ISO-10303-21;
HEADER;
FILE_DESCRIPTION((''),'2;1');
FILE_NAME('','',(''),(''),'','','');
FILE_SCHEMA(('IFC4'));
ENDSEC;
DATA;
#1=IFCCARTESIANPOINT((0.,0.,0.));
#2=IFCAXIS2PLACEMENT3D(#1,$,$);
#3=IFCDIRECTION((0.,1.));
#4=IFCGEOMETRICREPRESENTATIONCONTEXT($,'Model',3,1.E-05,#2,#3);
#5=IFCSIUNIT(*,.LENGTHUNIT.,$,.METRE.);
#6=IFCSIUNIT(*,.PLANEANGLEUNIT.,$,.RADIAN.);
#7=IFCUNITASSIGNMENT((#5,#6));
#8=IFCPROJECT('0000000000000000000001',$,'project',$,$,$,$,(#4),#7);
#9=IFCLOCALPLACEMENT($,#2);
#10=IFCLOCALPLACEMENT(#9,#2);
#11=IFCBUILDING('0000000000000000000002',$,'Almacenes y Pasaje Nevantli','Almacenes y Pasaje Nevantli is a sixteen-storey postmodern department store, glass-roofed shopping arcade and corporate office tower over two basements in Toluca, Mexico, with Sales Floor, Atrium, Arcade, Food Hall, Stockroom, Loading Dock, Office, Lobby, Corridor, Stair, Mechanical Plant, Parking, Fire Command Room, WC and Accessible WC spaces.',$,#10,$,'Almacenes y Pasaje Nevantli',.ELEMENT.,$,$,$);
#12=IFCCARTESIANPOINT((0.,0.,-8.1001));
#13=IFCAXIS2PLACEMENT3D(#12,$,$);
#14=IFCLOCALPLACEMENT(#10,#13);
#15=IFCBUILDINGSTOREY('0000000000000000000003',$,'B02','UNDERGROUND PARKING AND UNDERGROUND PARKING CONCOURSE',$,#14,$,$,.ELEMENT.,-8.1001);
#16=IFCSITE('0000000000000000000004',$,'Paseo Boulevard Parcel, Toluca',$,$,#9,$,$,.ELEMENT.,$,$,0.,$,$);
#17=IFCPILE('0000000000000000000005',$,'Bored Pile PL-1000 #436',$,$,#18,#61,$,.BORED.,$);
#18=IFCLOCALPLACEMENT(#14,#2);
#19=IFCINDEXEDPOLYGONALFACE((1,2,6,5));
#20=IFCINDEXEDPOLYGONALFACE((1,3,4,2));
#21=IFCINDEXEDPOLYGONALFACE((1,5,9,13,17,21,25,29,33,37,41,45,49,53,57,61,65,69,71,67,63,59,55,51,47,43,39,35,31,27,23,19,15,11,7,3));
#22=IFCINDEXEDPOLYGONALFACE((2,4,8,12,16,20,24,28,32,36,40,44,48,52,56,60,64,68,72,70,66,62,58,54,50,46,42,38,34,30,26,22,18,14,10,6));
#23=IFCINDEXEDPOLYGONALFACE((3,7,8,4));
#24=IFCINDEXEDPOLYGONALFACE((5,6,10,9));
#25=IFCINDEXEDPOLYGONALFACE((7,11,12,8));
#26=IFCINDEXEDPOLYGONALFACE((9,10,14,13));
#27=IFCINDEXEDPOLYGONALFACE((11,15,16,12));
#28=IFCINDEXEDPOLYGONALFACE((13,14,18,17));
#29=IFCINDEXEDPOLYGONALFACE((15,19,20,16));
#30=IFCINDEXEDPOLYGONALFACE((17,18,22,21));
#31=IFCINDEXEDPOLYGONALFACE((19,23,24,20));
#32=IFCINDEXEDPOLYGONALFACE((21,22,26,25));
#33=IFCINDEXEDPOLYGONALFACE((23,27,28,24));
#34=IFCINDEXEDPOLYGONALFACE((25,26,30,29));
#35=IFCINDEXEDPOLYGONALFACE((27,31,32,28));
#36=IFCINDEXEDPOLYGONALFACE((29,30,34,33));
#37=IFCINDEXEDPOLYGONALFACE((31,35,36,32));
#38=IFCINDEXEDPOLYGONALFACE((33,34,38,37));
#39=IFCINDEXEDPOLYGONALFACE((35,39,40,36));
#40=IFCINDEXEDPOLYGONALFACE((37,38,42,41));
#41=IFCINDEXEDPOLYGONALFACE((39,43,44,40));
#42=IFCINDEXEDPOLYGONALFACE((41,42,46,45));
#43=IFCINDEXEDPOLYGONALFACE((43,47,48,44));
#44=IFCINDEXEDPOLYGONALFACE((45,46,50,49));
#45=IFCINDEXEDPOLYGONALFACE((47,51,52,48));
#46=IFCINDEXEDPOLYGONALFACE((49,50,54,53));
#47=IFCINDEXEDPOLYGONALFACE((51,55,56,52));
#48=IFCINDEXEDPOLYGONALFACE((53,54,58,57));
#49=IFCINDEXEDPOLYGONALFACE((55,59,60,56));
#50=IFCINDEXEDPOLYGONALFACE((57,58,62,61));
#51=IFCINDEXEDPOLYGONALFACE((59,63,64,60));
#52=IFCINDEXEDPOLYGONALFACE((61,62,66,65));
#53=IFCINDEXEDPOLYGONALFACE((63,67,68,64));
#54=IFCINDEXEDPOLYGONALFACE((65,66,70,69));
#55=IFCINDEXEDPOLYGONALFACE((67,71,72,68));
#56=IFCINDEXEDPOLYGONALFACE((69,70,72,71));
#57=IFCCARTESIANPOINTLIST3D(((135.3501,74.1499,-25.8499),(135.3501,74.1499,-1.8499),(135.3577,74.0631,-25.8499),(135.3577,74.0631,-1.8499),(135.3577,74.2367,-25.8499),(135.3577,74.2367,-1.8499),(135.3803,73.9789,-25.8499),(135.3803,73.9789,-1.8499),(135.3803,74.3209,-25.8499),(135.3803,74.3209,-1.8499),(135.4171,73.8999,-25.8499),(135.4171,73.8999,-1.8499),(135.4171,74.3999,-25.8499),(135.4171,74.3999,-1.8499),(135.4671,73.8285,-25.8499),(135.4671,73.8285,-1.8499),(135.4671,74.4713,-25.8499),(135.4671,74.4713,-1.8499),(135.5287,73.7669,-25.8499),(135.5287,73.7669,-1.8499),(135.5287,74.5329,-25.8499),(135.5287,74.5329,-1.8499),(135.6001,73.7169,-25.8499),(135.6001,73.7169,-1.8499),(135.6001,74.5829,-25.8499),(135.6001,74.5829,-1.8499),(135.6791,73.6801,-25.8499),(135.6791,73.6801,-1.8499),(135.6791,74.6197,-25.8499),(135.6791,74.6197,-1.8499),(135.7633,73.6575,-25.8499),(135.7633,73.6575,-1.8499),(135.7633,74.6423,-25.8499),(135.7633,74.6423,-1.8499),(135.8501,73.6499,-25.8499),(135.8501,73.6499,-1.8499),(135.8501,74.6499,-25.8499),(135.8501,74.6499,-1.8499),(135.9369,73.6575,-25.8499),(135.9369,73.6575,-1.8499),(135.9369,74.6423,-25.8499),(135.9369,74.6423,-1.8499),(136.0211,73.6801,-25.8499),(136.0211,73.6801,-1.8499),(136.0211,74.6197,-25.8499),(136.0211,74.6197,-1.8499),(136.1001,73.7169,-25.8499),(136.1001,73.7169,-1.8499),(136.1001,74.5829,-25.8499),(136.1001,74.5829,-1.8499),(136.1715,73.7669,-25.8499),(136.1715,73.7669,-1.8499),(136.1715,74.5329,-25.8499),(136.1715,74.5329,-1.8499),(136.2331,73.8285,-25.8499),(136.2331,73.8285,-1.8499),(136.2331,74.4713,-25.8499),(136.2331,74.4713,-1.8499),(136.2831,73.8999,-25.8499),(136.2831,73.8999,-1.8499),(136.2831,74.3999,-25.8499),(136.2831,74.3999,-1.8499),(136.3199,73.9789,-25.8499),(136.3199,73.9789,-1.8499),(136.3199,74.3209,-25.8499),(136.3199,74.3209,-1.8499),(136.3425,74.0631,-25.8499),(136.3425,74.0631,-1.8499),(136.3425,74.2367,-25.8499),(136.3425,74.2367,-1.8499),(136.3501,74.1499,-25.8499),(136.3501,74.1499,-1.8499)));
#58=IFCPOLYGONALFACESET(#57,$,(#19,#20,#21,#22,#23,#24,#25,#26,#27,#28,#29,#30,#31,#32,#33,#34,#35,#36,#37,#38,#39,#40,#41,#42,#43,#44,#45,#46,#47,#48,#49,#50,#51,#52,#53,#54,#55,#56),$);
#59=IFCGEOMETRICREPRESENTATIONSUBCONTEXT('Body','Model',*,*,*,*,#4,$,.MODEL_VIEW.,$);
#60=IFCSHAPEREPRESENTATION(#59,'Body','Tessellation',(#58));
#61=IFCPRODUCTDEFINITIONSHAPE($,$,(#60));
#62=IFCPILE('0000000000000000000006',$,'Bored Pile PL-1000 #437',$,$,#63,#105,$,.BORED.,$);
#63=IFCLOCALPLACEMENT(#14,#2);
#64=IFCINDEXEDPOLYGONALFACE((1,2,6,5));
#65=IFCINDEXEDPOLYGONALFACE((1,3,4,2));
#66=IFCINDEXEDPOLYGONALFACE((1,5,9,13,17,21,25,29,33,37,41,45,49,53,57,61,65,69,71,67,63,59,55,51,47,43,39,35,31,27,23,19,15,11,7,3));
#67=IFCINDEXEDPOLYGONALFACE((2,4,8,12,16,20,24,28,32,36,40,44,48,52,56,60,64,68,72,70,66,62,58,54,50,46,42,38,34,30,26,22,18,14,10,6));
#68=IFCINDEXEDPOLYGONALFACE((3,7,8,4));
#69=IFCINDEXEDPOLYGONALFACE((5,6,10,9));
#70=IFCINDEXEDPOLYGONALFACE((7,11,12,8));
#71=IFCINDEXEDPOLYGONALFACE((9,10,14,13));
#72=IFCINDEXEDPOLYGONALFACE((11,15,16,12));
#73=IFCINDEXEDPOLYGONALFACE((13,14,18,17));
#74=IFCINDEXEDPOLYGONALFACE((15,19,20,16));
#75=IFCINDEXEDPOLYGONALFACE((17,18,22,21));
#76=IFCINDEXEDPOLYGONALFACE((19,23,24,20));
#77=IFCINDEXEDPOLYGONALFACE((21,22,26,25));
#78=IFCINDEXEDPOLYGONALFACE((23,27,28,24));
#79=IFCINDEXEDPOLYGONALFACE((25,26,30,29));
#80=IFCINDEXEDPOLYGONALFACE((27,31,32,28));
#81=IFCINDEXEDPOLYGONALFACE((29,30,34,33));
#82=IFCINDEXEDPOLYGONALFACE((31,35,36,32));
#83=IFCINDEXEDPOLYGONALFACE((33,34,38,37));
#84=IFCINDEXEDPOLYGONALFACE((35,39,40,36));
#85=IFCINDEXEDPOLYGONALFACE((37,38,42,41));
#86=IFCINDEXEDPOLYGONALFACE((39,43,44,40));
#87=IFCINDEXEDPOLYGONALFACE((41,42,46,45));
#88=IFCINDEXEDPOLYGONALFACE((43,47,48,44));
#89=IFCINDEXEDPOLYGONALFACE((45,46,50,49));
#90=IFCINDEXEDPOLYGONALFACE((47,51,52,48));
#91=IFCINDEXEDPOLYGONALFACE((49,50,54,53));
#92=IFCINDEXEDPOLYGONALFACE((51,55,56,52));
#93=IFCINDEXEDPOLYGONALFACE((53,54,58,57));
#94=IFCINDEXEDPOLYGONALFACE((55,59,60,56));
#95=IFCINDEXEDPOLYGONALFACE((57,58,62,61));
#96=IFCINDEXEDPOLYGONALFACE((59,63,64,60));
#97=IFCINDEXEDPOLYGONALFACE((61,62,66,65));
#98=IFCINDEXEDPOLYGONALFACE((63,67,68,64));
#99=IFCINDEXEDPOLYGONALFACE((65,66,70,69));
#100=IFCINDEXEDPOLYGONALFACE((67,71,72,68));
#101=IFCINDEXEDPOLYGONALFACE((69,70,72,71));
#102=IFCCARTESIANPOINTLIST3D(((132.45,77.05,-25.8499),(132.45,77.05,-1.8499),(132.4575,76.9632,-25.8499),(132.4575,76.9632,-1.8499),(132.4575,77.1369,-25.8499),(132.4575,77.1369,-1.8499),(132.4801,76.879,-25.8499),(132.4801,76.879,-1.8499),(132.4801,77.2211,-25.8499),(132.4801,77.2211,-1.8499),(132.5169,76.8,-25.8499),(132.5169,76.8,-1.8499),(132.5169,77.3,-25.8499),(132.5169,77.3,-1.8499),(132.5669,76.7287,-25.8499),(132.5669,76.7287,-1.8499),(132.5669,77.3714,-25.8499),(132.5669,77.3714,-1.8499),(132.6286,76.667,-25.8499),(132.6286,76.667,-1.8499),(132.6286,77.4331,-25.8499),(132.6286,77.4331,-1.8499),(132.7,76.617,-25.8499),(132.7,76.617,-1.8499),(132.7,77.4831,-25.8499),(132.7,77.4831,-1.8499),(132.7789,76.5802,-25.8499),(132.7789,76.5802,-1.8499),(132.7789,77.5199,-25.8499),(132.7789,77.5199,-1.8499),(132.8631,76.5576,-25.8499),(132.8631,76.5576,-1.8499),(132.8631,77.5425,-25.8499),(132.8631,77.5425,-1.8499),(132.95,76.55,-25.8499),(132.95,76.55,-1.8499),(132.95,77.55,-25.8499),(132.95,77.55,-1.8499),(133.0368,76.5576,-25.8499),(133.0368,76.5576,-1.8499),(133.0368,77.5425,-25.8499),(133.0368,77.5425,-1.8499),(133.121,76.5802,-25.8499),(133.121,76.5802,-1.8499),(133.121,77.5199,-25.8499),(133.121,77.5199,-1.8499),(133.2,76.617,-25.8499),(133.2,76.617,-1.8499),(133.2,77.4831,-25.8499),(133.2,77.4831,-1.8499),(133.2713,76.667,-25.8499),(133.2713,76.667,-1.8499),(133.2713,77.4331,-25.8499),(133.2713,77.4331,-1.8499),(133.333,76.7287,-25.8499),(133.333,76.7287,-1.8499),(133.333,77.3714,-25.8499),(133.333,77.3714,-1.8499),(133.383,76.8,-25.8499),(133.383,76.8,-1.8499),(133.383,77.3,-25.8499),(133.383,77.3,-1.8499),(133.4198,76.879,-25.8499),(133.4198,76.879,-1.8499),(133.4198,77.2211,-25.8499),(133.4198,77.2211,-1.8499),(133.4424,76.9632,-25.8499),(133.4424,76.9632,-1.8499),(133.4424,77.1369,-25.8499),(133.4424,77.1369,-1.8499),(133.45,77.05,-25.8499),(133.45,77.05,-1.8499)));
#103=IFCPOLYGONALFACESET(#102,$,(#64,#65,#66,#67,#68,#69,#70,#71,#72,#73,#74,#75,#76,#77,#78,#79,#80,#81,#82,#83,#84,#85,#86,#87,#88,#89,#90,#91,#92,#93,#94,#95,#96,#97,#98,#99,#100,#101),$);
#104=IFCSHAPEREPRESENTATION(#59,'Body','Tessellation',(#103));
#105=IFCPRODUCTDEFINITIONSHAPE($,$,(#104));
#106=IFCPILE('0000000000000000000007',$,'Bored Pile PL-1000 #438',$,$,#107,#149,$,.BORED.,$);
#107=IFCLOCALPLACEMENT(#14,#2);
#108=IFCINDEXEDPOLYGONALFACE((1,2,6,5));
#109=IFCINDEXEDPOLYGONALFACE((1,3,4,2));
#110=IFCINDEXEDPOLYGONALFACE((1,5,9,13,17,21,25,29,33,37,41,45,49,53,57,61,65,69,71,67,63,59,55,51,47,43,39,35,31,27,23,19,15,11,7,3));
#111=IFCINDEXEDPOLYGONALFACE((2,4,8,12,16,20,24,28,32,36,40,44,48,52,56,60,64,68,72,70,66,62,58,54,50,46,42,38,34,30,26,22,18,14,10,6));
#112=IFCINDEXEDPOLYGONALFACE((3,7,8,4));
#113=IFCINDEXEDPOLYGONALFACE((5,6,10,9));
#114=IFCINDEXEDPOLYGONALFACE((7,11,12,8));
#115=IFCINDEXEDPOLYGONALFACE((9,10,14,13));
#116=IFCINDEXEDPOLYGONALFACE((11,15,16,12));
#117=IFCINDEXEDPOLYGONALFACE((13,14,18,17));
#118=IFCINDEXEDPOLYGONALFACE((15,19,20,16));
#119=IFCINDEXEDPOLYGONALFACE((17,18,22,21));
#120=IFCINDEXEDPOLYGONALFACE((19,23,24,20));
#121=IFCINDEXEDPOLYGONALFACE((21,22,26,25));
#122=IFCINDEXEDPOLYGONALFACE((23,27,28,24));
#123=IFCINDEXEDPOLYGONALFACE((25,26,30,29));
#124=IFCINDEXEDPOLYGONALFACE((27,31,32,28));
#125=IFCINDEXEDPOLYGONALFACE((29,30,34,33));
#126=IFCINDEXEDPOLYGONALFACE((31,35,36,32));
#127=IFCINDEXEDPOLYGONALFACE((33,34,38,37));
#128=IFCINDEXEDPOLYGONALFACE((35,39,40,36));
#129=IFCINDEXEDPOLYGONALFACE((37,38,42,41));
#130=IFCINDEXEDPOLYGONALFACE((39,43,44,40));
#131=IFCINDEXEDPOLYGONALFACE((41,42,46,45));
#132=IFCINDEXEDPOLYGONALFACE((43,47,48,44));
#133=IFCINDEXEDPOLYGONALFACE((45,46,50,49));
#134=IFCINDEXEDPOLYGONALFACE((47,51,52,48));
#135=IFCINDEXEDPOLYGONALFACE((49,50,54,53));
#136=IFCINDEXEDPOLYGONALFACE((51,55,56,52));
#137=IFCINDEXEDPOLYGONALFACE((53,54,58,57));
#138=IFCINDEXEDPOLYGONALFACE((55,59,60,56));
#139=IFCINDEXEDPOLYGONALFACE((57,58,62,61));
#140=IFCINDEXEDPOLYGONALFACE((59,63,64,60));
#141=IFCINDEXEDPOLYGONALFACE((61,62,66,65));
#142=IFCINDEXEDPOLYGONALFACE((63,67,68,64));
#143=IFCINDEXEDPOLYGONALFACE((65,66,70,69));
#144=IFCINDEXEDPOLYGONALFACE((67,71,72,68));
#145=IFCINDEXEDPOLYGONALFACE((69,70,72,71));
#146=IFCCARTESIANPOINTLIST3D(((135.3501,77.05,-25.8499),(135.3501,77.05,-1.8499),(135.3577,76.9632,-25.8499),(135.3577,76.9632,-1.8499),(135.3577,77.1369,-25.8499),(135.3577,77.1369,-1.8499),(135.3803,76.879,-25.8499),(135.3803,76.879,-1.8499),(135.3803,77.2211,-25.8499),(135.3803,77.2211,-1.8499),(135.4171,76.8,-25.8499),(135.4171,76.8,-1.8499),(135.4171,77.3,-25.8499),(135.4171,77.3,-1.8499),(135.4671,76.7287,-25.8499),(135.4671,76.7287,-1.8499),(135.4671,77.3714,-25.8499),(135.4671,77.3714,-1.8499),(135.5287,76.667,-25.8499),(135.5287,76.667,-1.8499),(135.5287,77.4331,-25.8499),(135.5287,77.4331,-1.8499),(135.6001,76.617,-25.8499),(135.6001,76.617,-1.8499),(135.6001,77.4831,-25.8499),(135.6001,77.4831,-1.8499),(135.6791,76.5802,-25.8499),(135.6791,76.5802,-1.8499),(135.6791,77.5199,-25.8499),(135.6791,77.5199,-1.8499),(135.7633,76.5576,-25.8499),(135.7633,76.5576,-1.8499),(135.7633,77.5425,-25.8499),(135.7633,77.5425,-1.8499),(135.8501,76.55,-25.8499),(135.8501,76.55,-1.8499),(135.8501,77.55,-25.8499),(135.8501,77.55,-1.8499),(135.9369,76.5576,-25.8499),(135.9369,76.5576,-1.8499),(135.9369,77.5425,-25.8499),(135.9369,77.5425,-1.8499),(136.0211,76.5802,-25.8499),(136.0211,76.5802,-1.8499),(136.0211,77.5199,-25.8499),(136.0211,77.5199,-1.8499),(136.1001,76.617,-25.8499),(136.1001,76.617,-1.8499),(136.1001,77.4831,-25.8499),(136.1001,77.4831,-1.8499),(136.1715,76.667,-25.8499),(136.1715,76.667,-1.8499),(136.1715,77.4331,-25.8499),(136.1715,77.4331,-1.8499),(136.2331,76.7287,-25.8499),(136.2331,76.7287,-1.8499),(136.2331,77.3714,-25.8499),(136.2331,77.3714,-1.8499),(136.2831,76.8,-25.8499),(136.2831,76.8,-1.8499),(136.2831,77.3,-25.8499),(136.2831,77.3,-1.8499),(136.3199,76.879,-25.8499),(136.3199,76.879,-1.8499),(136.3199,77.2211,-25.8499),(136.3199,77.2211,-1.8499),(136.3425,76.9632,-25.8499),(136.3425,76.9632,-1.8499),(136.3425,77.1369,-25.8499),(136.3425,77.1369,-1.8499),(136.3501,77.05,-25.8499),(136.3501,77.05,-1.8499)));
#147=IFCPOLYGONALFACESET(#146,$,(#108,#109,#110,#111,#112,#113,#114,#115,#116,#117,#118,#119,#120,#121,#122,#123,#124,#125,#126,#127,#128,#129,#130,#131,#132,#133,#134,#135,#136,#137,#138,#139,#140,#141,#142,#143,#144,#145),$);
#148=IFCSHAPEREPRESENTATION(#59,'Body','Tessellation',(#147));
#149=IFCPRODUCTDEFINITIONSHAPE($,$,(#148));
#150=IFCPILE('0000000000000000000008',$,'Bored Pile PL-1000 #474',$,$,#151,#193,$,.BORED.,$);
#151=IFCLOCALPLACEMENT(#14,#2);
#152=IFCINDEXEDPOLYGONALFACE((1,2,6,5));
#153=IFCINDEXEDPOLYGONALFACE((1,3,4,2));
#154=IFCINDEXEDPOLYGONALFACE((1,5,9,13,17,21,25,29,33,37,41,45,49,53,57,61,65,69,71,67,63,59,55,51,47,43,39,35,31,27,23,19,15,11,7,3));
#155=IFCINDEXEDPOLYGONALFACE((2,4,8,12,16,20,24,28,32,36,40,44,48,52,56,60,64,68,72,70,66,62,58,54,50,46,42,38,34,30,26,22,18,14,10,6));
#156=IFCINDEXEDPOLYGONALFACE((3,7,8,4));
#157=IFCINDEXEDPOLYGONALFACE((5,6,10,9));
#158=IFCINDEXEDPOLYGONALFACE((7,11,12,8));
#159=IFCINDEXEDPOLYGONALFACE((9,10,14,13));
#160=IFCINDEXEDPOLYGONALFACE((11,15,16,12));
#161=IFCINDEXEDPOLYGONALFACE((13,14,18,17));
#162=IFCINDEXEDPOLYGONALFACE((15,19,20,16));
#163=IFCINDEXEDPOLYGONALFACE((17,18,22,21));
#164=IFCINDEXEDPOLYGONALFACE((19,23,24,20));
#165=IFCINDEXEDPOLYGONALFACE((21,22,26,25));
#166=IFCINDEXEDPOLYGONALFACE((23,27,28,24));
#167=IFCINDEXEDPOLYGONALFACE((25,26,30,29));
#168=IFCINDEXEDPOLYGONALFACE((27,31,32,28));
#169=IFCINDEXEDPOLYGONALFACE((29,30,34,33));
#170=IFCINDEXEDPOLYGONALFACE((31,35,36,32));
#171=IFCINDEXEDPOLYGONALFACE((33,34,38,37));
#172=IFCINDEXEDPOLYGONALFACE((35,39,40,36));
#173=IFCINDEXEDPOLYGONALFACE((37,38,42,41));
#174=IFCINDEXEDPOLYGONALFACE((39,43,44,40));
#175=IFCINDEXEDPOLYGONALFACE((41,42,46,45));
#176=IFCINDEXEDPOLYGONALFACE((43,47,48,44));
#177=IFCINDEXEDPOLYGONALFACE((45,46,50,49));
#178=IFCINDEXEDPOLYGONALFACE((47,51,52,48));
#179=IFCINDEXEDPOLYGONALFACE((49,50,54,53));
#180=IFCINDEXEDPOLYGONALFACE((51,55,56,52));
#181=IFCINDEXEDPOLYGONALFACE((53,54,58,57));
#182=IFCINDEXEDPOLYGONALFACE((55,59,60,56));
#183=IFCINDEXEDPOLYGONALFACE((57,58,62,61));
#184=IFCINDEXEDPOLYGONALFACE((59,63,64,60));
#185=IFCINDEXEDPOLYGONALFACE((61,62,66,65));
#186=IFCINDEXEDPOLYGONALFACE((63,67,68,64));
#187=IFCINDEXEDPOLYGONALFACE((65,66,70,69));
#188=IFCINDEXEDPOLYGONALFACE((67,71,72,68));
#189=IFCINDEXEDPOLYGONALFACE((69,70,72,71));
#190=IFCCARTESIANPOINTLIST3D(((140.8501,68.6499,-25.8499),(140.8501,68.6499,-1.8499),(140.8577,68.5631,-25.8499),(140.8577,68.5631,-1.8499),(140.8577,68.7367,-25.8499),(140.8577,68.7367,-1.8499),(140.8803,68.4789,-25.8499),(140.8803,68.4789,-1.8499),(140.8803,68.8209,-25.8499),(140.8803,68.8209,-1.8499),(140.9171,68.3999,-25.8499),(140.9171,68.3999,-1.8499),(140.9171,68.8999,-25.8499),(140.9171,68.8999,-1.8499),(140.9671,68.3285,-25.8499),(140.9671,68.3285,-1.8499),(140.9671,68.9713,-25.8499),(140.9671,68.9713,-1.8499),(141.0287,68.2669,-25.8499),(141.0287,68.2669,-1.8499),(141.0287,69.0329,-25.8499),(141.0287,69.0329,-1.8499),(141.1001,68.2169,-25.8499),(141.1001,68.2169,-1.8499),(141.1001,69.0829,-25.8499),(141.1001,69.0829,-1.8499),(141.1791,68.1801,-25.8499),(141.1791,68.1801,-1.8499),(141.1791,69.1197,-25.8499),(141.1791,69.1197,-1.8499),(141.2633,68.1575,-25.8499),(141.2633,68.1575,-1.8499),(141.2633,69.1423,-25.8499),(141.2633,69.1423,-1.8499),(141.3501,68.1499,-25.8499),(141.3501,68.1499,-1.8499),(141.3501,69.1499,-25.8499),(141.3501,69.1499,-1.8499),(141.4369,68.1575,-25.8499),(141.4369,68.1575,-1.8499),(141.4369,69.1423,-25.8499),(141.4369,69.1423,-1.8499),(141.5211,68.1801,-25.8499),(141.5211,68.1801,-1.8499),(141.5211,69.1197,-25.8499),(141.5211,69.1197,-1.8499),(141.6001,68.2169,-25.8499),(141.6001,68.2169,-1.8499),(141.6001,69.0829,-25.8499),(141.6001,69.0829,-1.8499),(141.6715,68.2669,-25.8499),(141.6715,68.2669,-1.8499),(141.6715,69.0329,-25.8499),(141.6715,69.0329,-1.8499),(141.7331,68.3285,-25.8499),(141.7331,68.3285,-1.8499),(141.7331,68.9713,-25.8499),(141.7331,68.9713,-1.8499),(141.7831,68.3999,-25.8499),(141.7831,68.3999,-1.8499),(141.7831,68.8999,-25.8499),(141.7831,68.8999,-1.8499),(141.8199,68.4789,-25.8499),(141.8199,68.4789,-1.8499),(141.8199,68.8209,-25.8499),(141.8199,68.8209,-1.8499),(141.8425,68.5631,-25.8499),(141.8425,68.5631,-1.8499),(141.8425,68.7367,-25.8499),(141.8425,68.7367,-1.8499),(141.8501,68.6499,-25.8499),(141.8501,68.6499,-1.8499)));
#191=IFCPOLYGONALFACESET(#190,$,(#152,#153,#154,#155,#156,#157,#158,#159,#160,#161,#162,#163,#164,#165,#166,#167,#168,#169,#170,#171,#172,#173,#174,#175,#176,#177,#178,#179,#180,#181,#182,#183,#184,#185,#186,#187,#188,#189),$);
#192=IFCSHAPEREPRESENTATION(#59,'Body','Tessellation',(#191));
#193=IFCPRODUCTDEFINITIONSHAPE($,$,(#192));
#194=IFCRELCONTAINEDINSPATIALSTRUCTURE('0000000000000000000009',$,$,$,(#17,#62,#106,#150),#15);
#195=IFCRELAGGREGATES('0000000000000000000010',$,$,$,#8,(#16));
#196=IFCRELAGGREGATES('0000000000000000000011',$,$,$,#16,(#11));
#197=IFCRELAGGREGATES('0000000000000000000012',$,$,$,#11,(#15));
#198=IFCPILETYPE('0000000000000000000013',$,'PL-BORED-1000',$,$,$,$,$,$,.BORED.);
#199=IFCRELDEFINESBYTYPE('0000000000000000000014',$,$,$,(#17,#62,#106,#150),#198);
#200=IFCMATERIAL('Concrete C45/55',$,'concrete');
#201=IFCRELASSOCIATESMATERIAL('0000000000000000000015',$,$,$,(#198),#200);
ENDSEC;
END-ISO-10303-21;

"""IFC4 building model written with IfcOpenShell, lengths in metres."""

from ifc_helpers import new_model, si_unit, direction, frame, origin, origin_2d, place, context, subcontext, project, spatial, circle, extrude, material, material_profile, profile_set, type_object, element, save


model = new_model("IFC4")

# Units and contexts
model_context = context("Model", 3, precision=1e-05, world=origin(), true_north=direction((0.0, 1.0)))
body_context = subcontext(model_context, "Body", "Model", "MODEL_VIEW")
ifc_project = project(units=[si_unit("LENGTHUNIT", "METRE"), si_unit("PLANEANGLEUNIT", "RADIAN")], contexts=[model_context])

# Site, building, storey
site_placement = place(None, origin())
site = spatial("IfcSite", under=ifc_project, at=site_placement, Name="Paseo Boulevard Parcel, Toluca", CompositionType="ELEMENT", RefElevation=0.0)
building_placement = place(site_placement, origin())
building = spatial("IfcBuilding", under=site, at=building_placement, Name="Almacenes y Pasaje Nevantli", Description="Almacenes y Pasaje Nevantli is a sixteen-storey postmodern department store, glass-roofed shopping arcade and corporate office tower over two basements in Toluca, Mexico, with Sales Floor, Atrium, Arcade, Food Hall, Stockroom, Loading Dock, Office, Lobby, Corridor, Stair, Mechanical Plant, Parking, Fire Command Room, WC and Accessible WC spaces.", LongName="Almacenes y Pasaje Nevantli", CompositionType="ELEMENT")
storey_placement = place(building_placement, frame((0.0, 0.0, -8.1001)))
storey = spatial("IfcBuildingStorey", under=building, at=storey_placement, Name="B02", Description="UNDERGROUND PARKING AND UNDERGROUND PARKING CONCOURSE", CompositionType="ELEMENT", Elevation=-8.1001)

# Piles
ifc_material_1 = material(Name="Concrete C45/55", Category="concrete")
ifc_material_profile_1 = material_profile(ifc_material_1, circle(Radius=0.5, at=origin_2d()), Name="RC-PILE-D1000")
ifc_profile_set_1 = profile_set([ifc_material_profile_1], Name="Concrete C45/55")
pile_type = type_object("IfcPileType", Name="PL-BORED-1000", PredefinedType="BORED", material=ifc_profile_set_1)
for number, where, z_axis, x_axis, name in (
    (1, (135.8501, 74.1499, -1.8499), (0.0, 0.0, -1.0), (1.0, 0.0, 0.0), "Bored Pile PL-1000 #436"),
    (2, (132.95, 77.05, -1.8499), (0.0, 0.0, -1.0), (1.0, 0.0, 0.0), "Bored Pile PL-1000 #437"),
    (3, (135.8501, 77.05, -1.8499), (0.0, 0.0, -1.0), (1.0, 0.0, 0.0), "Bored Pile PL-1000 #438"),
    (4, (141.3501, 68.6499, -1.8499), (0.0, 0.0, -1.0), (1.0, 0.0, 0.0), "Bored Pile PL-1000 #474"),
):
    element("IfcPile", number, at=place(storey_placement, frame(where, z_axis=z_axis, x_axis=x_axis)), inside=storey, type_object=pile_type, Name=name, PredefinedType="BORED", context=body_context, shape_type="SweptSolid", body=[
        extrude(circle(Radius=0.5, at=origin_2d()), origin(), (0.0, 0.0, 1.0), 24.0),
    ])

save(model, "model.ifc")
